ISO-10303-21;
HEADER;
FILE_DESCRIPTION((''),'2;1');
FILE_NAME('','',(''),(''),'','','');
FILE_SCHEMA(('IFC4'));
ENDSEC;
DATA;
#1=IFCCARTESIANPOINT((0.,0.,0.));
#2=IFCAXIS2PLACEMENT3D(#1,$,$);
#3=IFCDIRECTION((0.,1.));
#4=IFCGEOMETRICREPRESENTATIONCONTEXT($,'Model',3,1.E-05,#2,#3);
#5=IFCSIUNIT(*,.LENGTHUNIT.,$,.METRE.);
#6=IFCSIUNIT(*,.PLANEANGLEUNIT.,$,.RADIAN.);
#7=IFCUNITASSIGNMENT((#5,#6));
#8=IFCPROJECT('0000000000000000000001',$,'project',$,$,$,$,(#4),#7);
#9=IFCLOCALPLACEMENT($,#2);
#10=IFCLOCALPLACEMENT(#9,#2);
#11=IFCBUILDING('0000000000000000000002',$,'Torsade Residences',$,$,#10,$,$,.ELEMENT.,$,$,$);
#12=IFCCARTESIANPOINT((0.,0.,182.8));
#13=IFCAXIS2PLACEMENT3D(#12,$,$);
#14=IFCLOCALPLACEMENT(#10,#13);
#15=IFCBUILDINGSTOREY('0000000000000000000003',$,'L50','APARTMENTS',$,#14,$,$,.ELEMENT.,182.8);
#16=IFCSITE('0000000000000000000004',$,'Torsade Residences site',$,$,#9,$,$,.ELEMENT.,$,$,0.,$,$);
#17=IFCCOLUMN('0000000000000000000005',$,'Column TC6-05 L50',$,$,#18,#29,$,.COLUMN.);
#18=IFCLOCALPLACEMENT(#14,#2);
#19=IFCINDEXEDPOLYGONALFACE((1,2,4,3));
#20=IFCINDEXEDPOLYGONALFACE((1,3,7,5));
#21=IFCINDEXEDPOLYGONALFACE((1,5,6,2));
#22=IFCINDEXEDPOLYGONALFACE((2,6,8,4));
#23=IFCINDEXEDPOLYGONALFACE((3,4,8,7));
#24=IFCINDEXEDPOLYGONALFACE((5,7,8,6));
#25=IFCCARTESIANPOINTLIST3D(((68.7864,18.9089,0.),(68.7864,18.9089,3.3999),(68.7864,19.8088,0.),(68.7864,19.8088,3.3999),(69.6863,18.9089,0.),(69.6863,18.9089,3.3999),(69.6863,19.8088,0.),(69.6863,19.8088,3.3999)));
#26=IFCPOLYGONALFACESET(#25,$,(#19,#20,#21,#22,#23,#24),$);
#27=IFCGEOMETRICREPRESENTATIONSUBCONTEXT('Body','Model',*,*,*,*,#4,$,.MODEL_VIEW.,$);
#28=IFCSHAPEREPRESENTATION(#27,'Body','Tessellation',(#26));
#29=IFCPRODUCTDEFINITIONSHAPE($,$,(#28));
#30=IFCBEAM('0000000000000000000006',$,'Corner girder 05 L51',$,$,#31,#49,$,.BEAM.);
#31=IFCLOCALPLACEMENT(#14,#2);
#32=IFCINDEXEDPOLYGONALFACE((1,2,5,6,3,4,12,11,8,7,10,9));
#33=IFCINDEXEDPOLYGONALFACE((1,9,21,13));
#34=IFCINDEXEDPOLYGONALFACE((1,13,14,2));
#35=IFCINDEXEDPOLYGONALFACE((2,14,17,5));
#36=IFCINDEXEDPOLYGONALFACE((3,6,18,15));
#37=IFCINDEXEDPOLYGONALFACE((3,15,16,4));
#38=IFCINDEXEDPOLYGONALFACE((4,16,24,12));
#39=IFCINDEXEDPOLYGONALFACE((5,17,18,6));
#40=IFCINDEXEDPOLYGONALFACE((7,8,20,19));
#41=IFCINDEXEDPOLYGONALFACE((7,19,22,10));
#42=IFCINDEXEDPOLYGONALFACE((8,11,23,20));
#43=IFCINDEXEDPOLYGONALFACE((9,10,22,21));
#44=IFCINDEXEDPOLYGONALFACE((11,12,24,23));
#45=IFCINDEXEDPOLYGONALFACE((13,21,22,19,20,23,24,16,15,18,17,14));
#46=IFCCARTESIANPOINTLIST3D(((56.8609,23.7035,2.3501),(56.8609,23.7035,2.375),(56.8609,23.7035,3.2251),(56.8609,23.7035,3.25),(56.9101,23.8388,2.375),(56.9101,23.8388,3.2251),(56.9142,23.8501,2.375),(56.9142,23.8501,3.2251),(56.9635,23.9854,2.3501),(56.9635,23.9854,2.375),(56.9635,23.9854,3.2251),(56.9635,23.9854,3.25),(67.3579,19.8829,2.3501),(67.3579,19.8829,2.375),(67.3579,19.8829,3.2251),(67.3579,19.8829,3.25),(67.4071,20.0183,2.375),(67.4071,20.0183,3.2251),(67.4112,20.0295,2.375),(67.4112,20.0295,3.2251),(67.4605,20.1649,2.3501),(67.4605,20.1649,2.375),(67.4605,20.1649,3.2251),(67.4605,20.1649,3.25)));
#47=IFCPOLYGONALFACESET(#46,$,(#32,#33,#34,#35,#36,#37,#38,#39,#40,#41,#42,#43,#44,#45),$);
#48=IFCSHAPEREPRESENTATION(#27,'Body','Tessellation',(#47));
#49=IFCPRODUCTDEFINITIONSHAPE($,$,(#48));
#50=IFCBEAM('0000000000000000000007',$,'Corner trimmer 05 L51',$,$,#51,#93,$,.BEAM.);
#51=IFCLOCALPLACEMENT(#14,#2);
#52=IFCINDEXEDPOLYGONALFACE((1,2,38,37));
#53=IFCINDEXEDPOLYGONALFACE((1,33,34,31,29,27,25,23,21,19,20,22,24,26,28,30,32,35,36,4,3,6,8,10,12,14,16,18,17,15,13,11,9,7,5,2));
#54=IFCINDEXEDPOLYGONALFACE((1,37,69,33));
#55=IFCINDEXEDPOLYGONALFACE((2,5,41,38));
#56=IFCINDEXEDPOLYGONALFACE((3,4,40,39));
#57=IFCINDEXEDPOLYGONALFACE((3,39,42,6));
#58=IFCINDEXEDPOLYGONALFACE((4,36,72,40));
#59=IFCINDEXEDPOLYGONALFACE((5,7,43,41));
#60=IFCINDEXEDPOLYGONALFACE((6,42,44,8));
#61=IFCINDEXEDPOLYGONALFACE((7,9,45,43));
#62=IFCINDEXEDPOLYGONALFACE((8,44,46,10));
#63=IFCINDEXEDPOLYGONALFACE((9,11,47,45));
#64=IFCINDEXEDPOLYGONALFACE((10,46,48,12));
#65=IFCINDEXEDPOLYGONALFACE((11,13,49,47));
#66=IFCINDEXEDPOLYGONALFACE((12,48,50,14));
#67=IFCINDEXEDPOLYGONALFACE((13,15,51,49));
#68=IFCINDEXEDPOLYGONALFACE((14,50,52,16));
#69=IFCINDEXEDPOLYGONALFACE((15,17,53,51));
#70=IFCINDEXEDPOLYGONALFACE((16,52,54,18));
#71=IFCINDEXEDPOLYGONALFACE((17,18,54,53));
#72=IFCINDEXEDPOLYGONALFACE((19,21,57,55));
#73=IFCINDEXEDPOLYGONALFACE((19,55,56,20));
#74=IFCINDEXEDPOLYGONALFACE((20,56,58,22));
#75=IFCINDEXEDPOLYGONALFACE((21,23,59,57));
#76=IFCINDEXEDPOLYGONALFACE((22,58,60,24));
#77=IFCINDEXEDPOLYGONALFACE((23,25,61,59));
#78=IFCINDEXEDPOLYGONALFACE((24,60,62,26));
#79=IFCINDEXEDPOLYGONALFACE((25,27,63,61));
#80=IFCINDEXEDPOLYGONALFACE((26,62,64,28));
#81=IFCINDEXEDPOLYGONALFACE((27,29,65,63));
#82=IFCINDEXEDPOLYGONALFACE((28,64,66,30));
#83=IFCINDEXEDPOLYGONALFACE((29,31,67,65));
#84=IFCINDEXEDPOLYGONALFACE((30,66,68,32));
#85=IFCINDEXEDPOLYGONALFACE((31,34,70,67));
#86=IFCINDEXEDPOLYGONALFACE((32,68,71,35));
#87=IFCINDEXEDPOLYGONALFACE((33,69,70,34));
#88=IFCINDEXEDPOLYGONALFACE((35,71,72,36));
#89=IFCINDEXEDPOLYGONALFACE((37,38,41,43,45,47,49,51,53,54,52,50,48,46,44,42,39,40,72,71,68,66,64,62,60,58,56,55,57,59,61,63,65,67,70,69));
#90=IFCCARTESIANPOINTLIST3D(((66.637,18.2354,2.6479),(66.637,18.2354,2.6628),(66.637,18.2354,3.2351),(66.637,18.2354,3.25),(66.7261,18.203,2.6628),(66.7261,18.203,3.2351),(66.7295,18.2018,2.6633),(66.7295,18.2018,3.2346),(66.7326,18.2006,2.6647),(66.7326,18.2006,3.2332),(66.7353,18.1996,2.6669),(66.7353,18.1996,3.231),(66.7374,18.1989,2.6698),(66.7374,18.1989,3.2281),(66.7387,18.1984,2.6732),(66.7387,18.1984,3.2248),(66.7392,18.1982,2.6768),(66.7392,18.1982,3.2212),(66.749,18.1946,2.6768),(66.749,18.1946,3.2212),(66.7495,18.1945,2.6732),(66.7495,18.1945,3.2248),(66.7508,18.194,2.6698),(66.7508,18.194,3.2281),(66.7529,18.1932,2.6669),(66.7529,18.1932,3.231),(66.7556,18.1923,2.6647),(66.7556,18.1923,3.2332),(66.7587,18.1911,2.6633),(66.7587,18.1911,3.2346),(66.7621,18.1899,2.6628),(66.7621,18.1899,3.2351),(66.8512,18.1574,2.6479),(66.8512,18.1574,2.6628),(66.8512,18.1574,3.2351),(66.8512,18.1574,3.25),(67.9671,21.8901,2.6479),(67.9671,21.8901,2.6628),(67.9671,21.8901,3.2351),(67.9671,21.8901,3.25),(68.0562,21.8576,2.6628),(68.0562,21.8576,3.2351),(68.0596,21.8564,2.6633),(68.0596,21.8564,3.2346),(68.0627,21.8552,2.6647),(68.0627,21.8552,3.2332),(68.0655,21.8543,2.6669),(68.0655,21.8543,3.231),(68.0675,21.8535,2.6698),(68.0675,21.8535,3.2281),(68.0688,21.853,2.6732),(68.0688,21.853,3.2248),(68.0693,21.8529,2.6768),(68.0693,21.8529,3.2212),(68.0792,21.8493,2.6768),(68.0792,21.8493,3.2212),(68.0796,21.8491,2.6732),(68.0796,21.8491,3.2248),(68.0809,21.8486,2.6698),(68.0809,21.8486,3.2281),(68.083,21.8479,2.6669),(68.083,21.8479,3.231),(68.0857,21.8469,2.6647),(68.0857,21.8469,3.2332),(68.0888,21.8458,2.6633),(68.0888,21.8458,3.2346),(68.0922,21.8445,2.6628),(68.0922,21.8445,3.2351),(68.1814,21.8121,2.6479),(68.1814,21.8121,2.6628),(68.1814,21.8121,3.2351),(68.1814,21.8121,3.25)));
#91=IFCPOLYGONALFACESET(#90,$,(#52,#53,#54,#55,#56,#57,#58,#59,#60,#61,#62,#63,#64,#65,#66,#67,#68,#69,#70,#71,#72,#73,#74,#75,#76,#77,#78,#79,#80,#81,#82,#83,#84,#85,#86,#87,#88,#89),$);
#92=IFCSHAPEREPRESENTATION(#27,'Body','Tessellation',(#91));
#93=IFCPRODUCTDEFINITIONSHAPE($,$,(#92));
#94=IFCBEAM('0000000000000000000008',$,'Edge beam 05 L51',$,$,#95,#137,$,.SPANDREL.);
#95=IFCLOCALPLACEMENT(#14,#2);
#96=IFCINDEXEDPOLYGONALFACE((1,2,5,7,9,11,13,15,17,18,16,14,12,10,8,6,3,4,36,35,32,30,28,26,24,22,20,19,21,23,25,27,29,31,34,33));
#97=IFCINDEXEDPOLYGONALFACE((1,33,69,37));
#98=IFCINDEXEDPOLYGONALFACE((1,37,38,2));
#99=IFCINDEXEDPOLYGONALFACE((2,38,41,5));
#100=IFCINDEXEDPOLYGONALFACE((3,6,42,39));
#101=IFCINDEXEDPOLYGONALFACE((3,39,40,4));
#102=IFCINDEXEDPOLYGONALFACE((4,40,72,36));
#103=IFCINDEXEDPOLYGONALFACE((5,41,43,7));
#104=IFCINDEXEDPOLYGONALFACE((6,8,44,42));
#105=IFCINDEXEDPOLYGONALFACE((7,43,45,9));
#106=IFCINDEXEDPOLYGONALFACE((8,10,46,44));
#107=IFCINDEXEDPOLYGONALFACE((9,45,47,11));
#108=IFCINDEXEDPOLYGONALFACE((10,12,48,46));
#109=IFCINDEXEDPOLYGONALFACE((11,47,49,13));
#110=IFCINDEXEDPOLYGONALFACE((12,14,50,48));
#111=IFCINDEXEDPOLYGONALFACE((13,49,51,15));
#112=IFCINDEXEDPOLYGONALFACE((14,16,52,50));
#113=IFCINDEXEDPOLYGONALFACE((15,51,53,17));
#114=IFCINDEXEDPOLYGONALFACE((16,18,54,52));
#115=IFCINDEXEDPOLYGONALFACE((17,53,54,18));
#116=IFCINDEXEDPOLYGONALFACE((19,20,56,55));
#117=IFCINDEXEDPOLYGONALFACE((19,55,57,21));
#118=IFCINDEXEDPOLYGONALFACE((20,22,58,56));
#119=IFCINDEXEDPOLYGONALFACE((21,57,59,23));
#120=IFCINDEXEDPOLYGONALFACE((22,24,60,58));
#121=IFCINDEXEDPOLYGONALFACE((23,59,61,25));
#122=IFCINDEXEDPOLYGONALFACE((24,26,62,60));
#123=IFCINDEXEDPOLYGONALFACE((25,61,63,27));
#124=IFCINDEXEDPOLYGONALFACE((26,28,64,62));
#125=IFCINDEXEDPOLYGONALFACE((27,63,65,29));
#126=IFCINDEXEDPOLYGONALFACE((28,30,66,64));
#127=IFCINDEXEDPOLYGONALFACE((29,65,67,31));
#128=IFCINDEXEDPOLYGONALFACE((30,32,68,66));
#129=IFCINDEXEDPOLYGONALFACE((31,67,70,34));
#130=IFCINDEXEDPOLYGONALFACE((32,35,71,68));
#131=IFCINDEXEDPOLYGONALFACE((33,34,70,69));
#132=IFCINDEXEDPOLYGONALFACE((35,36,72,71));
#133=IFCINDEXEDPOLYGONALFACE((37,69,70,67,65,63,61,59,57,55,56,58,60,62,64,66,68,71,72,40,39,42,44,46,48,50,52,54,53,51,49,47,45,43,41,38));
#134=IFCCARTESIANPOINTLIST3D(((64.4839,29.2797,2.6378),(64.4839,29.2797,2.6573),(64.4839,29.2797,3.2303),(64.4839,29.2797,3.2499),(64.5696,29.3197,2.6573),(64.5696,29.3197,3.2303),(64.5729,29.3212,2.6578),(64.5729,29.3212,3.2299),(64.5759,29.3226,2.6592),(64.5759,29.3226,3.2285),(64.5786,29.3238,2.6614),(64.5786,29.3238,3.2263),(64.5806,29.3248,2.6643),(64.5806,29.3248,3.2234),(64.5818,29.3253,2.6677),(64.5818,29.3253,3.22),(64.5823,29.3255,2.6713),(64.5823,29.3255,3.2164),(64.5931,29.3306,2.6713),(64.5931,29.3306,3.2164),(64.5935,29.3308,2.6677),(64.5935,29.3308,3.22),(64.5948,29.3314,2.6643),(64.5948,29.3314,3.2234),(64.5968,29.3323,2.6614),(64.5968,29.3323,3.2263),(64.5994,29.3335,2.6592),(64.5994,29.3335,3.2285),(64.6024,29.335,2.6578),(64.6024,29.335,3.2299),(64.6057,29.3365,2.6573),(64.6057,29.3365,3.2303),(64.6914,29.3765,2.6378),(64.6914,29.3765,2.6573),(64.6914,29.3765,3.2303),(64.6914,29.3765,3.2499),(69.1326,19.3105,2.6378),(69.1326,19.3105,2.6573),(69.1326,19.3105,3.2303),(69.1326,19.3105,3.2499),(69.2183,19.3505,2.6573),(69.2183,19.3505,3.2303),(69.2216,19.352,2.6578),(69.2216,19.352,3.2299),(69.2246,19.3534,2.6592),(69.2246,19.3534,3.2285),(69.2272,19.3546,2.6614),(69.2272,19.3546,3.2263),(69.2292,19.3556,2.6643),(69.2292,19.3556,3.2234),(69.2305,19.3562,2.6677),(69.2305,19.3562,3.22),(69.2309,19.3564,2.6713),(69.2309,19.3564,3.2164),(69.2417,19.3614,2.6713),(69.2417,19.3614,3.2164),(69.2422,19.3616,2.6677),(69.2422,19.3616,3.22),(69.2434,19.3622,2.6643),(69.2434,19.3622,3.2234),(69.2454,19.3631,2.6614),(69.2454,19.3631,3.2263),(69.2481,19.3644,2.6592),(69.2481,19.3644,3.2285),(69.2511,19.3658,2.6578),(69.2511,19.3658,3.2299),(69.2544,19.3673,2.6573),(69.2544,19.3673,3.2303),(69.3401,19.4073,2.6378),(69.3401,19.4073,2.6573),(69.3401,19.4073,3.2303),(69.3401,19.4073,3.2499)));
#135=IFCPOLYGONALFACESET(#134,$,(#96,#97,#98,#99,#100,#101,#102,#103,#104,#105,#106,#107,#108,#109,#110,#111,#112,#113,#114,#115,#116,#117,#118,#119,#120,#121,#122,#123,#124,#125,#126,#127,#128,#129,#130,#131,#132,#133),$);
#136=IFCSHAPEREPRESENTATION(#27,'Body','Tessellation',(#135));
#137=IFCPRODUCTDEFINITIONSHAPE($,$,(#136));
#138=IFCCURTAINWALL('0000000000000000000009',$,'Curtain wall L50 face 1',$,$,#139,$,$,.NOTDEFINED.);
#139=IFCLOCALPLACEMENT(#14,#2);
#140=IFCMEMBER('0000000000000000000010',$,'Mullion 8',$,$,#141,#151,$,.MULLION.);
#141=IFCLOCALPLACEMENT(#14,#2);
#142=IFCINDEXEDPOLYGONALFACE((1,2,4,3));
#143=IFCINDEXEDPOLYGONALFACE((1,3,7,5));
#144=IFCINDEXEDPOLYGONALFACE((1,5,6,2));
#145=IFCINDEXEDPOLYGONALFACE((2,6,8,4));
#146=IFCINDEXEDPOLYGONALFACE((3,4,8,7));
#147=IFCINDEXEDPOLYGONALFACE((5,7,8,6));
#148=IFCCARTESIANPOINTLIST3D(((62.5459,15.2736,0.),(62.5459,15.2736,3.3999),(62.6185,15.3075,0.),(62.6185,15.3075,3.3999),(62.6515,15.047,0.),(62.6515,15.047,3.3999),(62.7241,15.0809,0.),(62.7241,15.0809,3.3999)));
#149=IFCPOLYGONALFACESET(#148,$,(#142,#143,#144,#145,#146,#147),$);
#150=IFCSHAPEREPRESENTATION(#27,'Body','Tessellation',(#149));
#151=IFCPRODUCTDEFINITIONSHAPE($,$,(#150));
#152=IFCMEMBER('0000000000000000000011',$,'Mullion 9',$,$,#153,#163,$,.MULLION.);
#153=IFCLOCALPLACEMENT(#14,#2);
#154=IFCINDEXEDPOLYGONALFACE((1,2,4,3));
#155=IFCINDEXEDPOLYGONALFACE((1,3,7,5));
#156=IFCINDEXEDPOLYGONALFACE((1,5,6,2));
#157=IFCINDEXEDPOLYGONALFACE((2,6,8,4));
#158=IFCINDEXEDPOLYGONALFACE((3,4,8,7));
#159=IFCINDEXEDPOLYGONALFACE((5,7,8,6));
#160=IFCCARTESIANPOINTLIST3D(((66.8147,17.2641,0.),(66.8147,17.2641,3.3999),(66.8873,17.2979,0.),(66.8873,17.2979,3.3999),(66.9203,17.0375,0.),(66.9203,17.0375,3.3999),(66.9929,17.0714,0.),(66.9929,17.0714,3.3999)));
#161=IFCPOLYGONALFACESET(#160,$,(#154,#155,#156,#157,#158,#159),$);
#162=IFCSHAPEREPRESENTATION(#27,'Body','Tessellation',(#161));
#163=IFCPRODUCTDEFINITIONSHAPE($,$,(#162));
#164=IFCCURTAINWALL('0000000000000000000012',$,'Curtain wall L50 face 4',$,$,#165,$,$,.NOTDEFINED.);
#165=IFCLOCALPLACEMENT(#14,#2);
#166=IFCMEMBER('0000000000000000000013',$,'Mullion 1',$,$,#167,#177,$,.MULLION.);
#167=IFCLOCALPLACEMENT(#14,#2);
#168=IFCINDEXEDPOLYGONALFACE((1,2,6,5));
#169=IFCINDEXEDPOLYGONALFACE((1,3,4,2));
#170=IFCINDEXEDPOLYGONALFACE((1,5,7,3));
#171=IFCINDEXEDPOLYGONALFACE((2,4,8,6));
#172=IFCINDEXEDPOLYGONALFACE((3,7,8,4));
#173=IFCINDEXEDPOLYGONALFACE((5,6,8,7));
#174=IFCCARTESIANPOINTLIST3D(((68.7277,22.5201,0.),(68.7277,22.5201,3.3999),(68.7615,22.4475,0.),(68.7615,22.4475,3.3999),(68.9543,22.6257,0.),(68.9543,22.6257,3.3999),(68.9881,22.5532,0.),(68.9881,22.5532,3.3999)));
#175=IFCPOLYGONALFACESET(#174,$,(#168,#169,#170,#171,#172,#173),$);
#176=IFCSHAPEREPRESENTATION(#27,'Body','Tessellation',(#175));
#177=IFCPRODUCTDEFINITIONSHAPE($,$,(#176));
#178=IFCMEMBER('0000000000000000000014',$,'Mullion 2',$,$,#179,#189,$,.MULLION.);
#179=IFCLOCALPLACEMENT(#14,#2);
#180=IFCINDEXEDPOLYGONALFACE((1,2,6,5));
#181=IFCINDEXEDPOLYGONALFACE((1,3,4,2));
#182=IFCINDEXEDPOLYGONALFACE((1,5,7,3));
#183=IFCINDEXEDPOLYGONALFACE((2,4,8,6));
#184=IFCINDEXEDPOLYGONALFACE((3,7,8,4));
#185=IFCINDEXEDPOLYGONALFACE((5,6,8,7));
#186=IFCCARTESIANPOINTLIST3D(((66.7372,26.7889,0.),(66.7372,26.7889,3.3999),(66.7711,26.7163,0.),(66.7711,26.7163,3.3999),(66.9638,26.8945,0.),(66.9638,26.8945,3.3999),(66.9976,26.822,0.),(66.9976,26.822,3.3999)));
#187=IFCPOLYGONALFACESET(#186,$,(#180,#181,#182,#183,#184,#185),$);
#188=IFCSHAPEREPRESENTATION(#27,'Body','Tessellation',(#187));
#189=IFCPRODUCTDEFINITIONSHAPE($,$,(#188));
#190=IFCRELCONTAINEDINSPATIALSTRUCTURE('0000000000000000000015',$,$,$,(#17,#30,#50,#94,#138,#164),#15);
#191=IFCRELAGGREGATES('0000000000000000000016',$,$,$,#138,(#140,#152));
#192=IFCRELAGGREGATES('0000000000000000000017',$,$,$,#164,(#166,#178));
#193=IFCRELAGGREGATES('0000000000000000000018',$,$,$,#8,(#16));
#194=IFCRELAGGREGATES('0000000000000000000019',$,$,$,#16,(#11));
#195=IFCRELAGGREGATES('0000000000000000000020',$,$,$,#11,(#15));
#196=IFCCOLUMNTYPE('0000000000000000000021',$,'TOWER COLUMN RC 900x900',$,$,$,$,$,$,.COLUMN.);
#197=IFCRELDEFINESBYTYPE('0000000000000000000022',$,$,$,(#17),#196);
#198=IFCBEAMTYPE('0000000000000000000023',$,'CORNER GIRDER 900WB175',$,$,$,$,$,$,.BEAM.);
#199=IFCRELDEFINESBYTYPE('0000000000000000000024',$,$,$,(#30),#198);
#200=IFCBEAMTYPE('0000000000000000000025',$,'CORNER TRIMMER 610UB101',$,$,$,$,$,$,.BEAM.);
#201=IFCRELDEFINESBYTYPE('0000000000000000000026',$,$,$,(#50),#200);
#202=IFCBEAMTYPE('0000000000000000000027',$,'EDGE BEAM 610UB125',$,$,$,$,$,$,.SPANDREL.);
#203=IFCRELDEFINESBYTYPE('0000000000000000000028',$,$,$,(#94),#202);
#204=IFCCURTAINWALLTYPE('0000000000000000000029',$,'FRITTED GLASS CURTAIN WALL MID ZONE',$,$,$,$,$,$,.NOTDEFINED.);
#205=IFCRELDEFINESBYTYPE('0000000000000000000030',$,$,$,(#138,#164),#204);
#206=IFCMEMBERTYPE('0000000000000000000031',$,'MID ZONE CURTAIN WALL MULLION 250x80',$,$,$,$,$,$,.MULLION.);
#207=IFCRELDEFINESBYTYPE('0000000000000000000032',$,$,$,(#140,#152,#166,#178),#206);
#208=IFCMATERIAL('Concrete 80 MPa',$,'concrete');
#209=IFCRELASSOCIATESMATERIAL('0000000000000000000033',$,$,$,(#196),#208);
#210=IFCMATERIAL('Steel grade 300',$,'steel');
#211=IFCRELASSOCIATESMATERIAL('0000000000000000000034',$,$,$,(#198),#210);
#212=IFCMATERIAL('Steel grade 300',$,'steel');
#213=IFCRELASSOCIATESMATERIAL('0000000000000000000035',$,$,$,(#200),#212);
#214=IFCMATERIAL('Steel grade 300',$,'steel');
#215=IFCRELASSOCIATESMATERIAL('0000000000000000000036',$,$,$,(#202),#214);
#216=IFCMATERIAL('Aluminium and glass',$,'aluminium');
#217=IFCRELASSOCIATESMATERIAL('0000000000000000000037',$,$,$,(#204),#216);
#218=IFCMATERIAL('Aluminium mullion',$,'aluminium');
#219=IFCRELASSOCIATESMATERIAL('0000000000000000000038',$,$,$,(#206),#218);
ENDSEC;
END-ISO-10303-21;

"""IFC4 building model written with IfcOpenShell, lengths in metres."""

from ifc_helpers import new_model, si_unit, direction, frame, origin, origin_2d, place, context, subcontext, project, spatial, rectangle, i_section, extrude, material, material_profile, profile_set, type_object, element, aggregate, save


model = new_model("IFC4")

# Units and contexts
model_context = context("Model", 3, precision=1e-05, world=origin(), true_north=direction((0.0, 1.0)))
body_context = subcontext(model_context, "Body", "Model", "MODEL_VIEW")
ifc_project = project(units=[si_unit("LENGTHUNIT", "METRE"), si_unit("PLANEANGLEUNIT", "RADIAN")], contexts=[model_context])

# Site, building, storey
site_placement = place(None, origin())
site = spatial("IfcSite", under=ifc_project, at=site_placement, Name="Torsade Residences site", CompositionType="ELEMENT", RefElevation=0.0)
building_placement = place(site_placement, origin())
building = spatial("IfcBuilding", under=site, at=building_placement, Name="Torsade Residences", CompositionType="ELEMENT")
storey_placement = place(building_placement, frame((0.0, 0.0, 182.8)))
storey = spatial("IfcBuildingStorey", under=building, at=storey_placement, Name="L50", Description="APARTMENTS", CompositionType="ELEMENT", Elevation=182.8)

# Column
ifc_material_1 = material(Name="Concrete 80 MPa", Category="concrete")
ifc_material_profile_1 = material_profile(ifc_material_1, rectangle(XDim=0.8999, YDim=0.8999, at=origin_2d()), Name="RC 900x900")
ifc_profile_set_1 = profile_set([ifc_material_profile_1], Name="Concrete 80 MPa")
column_type = type_object("IfcColumnType", Name="TOWER COLUMN RC 900x900", PredefinedType="COLUMN", material=ifc_profile_set_1)
column_placement = place(storey_placement, frame((69.2363, 19.3589, 0.0), z_axis=(0.0, 0.0, 1.0), x_axis=(1.0, 0.0, 0.0)))
element("IfcColumn", 1, at=column_placement, inside=storey, type_object=column_type, Name="Column TC6-05 L50", PredefinedType="COLUMN", context=body_context, shape_type="SweptSolid", body=[
    extrude(rectangle(XDim=0.8999, YDim=0.8999, at=origin_2d()), origin(), (0.0, 0.0, 1.0), 3.3999),
])

# Beams
ifc_material_2 = material(Name="Steel grade 300", Category="steel")
ifc_material_profile_2 = material_profile(ifc_material_2, i_section(OverallWidth=0.3, OverallDepth=0.8999, WebThickness=0.012, FlangeThickness=0.0249, at=origin_2d()), Name="900WB175")
ifc_profile_set_2 = profile_set([ifc_material_profile_2], Name="Steel grade 300")
beam_type_1 = type_object("IfcBeamType", Name="CORNER GIRDER 900WB175", PredefinedType="BEAM", material=ifc_profile_set_2)
beam_1_placement = place(storey_placement, frame((67.4092, 20.0239, 2.8), z_axis=(-0.939694, 0.342015, 0.0), x_axis=(-0.342015, -0.939694, 0.0)))
element("IfcBeam", 2, at=beam_1_placement, inside=storey, type_object=beam_type_1, Name="Corner girder 05 L51", PredefinedType="BEAM", context=body_context, shape_type="SweptSolid", body=[
    extrude(i_section(OverallWidth=0.3, OverallDepth=0.8999, WebThickness=0.012, FlangeThickness=0.0249, at=origin_2d()), origin(), (0.0, 0.0, 1.0), 11.1707),
])
ifc_material_3 = material(Name="Steel grade 300", Category="steel")
ifc_material_profile_3 = material_profile(ifc_material_3, i_section(OverallWidth=0.228, OverallDepth=0.6021, WebThickness=0.0105, FlangeThickness=0.0149, FilletRadius=0.0139, at=origin_2d()), Name="610UB101")
ifc_profile_set_3 = profile_set([ifc_material_profile_3], Name="Steel grade 300")
beam_type_2 = type_object("IfcBeamType", Name="CORNER TRIMMER 610UB101", PredefinedType="BEAM", material=ifc_profile_set_3)
beam_2_placement = place(storey_placement, frame((68.0742, 21.8511, 2.949), z_axis=(-0.342005, -0.939698, 0.0), x_axis=(0.939698, -0.342005, 0.0)))
element("IfcBeam", 3, at=beam_2_placement, inside=storey, type_object=beam_type_2, Name="Corner trimmer 05 L51", PredefinedType="BEAM", context=body_context, shape_type="SweptSolid", body=[
    extrude(i_section(OverallWidth=0.228, OverallDepth=0.6021, WebThickness=0.0105, FlangeThickness=0.0149, FilletRadius=0.0139, at=origin_2d()), origin(), (0.0, 0.0, 1.0), 3.8892),
])
ifc_material_4 = material(Name="Steel grade 300", Category="steel")
ifc_material_profile_4 = material_profile(ifc_material_4, i_section(OverallWidth=0.229, OverallDepth=0.6121, WebThickness=0.012, FlangeThickness=0.0195, FilletRadius=0.0139, at=origin_2d()), Name="610UB125")
ifc_profile_set_4 = profile_set([ifc_material_profile_4], Name="Steel grade 300")
beam_type_3 = type_object("IfcBeamType", Name="EDGE BEAM 610UB125", PredefinedType="SPANDREL", material=ifc_profile_set_4)
beam_3_placement = place(storey_placement, frame((69.2363, 19.3589, 2.9438), z_axis=(-0.422614, 0.90631, 0.0), x_axis=(-0.90631, -0.422614, 0.0)))
element("IfcBeam", 4, at=beam_3_placement, inside=storey, type_object=beam_type_3, Name="Edge beam 05 L51", PredefinedType="SPANDREL", context=body_context, shape_type="SweptSolid", body=[
    extrude(i_section(OverallWidth=0.229, OverallDepth=0.6121, WebThickness=0.012, FlangeThickness=0.0195, FilletRadius=0.0139, at=origin_2d()), origin(), (0.0, 0.0, 1.0), 10.9998),
])

# Curtain walls, members
ifc_material_5 = material(Name="Aluminium and glass", Category="aluminium")
curtain_wall_type = type_object("IfcCurtainWallType", Name="FRITTED GLASS CURTAIN WALL MID ZONE", PredefinedType="NOTDEFINED", material=ifc_material_5)
curtain_wall_1_placement = place(storey_placement, origin())
curtain_wall_1 = element("IfcCurtainWall", 5, at=curtain_wall_1_placement, inside=storey, type_object=curtain_wall_type, Name="Curtain wall L50 face 1", PredefinedType="NOTDEFINED")
ifc_material_6 = material(Name="Aluminium mullion", Category="aluminium")
ifc_material_profile_5 = material_profile(ifc_material_6, rectangle(XDim=0.25, YDim=0.0801, at=origin_2d()), Name="MID ZONE CURTAIN WALL MULLION 250x80")
ifc_profile_set_5 = profile_set([ifc_material_profile_5], Name="Aluminium mullion")
member_type_1 = type_object("IfcMemberType", Name="MID ZONE CURTAIN WALL MULLION 250x80", PredefinedType="MULLION", material=ifc_profile_set_5)
member_1_placement = place(storey_placement, frame((62.635, 15.1772, 0.0), z_axis=(0.0, 0.0, 1.0), x_axis=(-0.422618, 0.906308, 0.0)))
member_1 = element("IfcMember", 6, at=member_1_placement, type_object=member_type_1, Name="Mullion 8", PredefinedType="MULLION", context=body_context, shape_type="SweptSolid", body=[
    extrude(rectangle(XDim=0.25, YDim=0.0801, at=origin_2d()), origin(), (0.0, 0.0, 1.0), 3.3999),
])
member_2_placement = place(storey_placement, frame((66.9038, 17.1677, 0.0), z_axis=(0.0, 0.0, 1.0), x_axis=(-0.422618, 0.906308, 0.0)))
member_2 = element("IfcMember", 7, at=member_2_placement, type_object=member_type_1, Name="Mullion 9", PredefinedType="MULLION", context=body_context, shape_type="SweptSolid", body=[
    extrude(rectangle(XDim=0.25, YDim=0.0801, at=origin_2d()), origin(), (0.0, 0.0, 1.0), 3.3999),
])
curtain_wall_2_placement = place(storey_placement, origin())
curtain_wall_2 = element("IfcCurtainWall", 8, at=curtain_wall_2_placement, inside=storey, type_object=curtain_wall_type, Name="Curtain wall L50 face 4", PredefinedType="NOTDEFINED")
member_3_placement = place(storey_placement, frame((68.8579, 22.5366, 0.0), z_axis=(0.0, 0.0, 1.0), x_axis=(-0.906308, -0.422618, 0.0)))
member_3 = element("IfcMember", 9, at=member_3_placement, type_object=member_type_1, Name="Mullion 1", PredefinedType="MULLION", context=body_context, shape_type="SweptSolid", body=[
    extrude(rectangle(XDim=0.25, YDim=0.0801, at=origin_2d()), origin(), (0.0, 0.0, 1.0), 3.3999),
])
member_4_placement = place(storey_placement, frame((66.8674, 26.8054, 0.0), z_axis=(0.0, 0.0, 1.0), x_axis=(-0.906308, -0.422618, 0.0)))
member_4 = element("IfcMember", 10, at=member_4_placement, type_object=member_type_1, Name="Mullion 2", PredefinedType="MULLION", context=body_context, shape_type="SweptSolid", body=[
    extrude(rectangle(XDim=0.25, YDim=0.0801, at=origin_2d()), origin(), (0.0, 0.0, 1.0), 3.3999),
])

aggregate(curtain_wall_1, [member_1, member_2])
aggregate(curtain_wall_2, [member_3, member_4])

save(model, "model.ifc")
